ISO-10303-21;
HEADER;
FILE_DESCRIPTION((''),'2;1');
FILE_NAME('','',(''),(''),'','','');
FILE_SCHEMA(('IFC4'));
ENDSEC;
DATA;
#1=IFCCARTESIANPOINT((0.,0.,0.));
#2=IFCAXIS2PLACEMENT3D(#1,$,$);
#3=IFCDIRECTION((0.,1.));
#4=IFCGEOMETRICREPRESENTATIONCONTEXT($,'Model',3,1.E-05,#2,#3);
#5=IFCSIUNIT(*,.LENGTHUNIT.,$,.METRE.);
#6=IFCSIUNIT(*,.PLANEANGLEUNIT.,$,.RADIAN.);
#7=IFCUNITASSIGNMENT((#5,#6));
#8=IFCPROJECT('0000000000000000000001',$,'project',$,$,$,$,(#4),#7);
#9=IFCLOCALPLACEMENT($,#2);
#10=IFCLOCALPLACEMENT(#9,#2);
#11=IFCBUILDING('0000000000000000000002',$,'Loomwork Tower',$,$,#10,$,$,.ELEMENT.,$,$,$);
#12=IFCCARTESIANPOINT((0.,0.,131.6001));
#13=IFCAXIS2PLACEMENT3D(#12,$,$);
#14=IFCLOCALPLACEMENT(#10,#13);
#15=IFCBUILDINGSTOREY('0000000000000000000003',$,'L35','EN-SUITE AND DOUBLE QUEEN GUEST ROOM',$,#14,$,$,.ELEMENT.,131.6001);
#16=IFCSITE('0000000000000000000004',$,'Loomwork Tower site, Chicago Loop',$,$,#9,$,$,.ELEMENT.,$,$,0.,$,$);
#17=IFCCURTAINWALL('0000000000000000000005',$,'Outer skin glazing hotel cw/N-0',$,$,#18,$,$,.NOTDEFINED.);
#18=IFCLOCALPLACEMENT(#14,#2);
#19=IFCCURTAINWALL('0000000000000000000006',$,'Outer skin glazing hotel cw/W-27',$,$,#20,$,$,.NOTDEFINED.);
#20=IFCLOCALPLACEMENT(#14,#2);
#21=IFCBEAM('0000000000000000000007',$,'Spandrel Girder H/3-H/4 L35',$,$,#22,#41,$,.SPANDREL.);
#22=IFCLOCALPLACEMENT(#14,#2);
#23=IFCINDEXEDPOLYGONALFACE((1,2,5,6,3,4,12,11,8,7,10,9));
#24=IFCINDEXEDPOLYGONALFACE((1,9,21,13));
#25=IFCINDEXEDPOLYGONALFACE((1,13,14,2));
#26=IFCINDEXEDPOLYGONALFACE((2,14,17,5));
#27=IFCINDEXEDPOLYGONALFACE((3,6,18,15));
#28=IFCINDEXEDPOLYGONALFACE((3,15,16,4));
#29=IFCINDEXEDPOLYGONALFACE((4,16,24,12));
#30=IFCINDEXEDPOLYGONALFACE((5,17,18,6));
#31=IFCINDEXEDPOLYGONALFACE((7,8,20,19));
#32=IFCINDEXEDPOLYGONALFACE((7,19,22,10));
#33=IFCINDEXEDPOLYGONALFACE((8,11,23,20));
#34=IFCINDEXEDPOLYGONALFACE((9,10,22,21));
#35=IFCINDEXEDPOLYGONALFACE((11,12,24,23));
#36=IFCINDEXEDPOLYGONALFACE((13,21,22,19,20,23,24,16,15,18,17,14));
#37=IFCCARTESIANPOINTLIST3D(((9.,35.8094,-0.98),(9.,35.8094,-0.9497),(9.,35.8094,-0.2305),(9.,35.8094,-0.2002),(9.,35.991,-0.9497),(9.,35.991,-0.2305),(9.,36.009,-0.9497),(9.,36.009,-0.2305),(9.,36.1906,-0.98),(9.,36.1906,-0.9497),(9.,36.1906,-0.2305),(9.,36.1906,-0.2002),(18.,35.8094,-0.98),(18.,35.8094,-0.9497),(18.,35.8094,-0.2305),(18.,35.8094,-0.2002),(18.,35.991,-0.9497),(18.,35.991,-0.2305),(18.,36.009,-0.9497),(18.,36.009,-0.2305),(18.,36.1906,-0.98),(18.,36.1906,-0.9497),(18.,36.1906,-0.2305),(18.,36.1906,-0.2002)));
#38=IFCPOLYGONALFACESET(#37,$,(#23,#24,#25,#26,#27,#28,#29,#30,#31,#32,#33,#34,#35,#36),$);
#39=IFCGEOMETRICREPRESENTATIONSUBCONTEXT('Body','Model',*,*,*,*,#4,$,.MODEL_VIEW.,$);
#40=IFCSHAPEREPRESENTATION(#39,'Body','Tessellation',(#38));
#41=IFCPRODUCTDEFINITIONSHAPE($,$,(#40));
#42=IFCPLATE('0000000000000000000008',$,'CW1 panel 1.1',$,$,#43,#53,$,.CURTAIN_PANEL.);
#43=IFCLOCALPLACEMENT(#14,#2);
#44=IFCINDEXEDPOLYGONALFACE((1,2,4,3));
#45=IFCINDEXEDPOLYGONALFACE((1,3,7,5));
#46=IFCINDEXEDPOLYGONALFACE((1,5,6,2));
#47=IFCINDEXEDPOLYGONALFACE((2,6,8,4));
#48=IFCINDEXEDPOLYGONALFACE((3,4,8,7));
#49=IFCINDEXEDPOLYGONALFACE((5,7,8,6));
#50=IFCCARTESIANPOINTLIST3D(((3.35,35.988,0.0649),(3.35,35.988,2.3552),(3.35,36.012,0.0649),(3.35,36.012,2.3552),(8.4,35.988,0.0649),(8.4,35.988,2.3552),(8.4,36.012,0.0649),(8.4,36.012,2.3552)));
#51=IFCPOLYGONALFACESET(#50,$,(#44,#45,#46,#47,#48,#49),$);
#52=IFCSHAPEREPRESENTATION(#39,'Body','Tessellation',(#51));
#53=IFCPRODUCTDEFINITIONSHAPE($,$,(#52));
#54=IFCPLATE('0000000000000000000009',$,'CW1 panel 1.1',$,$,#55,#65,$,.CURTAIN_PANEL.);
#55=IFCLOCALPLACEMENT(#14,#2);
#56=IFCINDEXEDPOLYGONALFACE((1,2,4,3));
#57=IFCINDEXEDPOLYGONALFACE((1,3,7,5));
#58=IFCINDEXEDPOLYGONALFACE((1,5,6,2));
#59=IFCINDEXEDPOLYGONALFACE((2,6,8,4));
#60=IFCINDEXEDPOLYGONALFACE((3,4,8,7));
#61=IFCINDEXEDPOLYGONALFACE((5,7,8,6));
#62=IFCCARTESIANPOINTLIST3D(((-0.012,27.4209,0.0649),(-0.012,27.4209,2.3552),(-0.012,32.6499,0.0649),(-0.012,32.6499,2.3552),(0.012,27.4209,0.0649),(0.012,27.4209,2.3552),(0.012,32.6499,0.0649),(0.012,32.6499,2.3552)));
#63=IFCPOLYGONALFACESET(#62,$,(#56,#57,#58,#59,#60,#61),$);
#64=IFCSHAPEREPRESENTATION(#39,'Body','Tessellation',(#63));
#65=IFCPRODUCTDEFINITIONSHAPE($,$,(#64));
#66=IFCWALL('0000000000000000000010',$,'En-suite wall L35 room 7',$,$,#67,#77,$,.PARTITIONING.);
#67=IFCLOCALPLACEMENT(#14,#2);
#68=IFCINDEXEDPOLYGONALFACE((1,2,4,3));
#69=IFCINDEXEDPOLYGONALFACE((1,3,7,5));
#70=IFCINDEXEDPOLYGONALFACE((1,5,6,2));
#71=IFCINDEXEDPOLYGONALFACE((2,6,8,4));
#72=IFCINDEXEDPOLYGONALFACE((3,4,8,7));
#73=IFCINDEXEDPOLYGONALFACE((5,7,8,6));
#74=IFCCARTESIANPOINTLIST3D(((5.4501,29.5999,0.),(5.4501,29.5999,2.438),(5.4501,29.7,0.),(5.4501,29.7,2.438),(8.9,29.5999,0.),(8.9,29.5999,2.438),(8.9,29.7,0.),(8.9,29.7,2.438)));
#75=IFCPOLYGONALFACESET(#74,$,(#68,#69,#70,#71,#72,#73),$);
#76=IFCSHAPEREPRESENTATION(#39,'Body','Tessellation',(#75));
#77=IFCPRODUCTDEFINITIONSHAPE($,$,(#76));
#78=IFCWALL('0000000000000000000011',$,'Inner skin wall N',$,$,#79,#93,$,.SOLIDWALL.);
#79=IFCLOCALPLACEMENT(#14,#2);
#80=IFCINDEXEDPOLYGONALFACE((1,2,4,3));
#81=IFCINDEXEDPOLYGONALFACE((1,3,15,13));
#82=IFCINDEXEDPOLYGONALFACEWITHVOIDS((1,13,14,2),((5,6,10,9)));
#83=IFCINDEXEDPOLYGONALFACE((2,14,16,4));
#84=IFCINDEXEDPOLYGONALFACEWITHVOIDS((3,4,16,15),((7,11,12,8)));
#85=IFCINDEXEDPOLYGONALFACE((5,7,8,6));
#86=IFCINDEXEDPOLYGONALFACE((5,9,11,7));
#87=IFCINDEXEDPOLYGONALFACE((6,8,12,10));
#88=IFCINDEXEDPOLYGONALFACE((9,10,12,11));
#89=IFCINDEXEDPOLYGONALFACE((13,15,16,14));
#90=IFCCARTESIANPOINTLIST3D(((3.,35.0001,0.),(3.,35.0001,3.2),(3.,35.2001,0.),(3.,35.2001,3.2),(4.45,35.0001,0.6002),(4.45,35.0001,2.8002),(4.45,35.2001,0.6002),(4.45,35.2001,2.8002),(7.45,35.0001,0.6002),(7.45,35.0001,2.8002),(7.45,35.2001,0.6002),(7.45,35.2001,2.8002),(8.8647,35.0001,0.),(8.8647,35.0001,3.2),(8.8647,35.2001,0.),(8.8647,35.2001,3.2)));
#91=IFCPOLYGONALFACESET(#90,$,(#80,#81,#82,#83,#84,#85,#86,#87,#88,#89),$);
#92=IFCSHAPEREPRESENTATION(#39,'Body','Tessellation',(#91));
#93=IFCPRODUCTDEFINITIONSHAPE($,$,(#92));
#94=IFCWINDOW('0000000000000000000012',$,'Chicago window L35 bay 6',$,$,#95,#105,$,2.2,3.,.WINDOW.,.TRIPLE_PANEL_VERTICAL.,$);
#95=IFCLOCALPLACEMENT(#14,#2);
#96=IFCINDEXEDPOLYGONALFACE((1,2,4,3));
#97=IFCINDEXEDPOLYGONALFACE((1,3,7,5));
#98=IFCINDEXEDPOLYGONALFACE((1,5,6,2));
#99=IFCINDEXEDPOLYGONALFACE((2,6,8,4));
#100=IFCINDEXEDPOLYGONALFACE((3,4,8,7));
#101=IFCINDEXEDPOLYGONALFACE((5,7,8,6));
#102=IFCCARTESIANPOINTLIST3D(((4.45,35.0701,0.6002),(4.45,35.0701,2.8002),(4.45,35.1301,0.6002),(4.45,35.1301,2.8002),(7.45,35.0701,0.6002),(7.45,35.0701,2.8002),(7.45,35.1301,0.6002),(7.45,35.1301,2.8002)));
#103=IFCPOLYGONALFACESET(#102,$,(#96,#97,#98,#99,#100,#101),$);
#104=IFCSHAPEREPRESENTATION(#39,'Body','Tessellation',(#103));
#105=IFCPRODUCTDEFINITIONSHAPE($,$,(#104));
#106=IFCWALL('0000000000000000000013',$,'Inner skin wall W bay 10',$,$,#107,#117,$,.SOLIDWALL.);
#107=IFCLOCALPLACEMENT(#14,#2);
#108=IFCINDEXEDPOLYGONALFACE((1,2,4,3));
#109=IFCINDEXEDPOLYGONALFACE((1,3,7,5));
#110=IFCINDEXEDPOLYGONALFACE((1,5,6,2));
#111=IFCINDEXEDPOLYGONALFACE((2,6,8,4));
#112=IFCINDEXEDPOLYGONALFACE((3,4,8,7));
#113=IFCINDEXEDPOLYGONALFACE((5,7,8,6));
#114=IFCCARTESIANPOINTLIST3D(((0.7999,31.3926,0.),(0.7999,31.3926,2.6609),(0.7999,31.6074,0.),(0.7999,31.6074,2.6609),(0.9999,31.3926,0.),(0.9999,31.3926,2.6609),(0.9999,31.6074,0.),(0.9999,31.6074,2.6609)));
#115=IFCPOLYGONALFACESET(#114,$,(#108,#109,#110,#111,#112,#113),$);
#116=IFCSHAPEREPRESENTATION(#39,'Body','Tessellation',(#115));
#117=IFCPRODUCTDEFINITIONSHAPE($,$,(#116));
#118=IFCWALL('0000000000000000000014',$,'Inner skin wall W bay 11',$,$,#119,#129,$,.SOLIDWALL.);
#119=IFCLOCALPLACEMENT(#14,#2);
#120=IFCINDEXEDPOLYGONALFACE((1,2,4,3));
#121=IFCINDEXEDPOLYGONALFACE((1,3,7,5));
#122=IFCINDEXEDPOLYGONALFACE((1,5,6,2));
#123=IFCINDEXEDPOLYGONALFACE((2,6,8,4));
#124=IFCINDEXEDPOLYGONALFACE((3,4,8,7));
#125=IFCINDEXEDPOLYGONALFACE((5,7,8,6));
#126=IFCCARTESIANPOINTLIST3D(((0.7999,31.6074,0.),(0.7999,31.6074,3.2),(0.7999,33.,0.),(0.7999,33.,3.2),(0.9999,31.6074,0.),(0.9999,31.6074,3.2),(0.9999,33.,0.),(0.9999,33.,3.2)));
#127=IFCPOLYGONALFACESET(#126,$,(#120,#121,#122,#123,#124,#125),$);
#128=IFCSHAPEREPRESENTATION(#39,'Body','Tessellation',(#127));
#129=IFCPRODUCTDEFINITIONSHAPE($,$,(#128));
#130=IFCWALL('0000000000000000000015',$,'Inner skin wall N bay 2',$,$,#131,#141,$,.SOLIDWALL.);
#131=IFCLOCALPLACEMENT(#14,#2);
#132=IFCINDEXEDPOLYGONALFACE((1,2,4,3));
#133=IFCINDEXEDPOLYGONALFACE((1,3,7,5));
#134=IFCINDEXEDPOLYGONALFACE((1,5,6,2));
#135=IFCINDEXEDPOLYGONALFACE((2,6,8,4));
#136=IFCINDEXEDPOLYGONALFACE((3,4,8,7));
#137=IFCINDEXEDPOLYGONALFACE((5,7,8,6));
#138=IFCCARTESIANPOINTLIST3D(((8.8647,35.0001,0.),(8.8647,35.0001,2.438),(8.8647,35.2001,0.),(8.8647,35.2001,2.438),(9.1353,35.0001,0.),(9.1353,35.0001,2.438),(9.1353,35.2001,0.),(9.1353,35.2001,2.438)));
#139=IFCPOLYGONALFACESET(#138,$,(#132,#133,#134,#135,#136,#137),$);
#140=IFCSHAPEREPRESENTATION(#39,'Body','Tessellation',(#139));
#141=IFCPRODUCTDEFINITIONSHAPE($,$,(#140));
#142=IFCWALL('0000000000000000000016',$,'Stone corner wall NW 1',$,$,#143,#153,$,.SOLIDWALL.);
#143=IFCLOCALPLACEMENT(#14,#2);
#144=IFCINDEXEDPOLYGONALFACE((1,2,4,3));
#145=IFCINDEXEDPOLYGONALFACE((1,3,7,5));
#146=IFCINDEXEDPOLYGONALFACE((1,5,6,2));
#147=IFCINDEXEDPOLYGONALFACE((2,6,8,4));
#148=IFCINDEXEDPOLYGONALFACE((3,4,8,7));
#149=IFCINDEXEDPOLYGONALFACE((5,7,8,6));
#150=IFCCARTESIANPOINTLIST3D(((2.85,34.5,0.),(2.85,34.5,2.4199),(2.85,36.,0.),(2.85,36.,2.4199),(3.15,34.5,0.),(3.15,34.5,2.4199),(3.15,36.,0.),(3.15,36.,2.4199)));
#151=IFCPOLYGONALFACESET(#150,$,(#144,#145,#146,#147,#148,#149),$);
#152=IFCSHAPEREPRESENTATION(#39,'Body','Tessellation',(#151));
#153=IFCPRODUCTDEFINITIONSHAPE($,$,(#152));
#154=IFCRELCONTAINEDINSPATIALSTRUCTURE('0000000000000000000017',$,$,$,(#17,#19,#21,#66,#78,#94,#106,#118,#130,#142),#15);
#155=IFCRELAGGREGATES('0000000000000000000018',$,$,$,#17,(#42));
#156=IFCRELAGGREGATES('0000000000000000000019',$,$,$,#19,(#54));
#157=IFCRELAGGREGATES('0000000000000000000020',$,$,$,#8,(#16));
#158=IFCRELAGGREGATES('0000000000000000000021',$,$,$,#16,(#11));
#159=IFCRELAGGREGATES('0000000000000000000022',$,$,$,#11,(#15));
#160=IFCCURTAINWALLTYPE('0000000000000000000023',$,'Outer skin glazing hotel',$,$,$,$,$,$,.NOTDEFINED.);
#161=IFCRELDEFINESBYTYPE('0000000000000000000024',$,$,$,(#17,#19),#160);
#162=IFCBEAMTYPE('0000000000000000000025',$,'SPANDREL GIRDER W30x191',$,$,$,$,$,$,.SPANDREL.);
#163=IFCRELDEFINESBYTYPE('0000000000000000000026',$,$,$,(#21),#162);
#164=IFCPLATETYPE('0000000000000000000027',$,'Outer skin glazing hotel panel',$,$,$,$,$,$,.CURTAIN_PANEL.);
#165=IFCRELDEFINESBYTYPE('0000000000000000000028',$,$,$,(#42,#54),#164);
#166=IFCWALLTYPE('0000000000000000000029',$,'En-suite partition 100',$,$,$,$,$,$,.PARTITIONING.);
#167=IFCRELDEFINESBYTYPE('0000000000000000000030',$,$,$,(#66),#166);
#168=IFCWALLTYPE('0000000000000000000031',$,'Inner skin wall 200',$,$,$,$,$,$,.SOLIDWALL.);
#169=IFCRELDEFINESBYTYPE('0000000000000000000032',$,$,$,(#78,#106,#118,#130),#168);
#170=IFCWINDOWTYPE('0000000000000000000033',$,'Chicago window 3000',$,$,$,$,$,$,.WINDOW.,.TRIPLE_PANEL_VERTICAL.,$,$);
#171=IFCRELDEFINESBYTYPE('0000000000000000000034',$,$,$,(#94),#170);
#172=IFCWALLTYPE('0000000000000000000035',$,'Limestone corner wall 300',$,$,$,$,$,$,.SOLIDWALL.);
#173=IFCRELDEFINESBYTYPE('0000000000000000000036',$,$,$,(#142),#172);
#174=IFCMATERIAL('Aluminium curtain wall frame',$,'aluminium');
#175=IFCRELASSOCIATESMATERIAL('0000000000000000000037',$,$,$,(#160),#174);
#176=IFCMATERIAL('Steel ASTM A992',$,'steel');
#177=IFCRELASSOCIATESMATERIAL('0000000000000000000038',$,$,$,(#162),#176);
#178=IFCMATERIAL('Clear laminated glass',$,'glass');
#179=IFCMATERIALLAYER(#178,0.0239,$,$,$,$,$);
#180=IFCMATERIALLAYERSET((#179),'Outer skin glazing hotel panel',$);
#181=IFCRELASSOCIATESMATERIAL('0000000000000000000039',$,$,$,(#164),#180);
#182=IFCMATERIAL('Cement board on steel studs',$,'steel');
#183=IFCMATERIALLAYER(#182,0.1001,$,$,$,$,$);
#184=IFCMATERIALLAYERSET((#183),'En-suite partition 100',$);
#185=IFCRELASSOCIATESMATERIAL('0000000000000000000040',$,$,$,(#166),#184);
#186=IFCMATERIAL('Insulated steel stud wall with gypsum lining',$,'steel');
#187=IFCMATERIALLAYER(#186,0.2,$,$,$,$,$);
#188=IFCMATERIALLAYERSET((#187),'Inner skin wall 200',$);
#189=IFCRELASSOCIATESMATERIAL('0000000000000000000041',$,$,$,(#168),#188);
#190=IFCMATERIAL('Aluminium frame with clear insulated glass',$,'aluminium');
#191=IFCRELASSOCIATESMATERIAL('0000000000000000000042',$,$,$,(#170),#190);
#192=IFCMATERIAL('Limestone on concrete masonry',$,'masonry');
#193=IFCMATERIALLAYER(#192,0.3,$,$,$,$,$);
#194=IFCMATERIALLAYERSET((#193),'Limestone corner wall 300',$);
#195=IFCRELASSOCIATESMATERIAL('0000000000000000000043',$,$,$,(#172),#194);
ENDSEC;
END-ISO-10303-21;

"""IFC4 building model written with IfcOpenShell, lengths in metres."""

from ifc_helpers import new_model, si_unit, direction, frame, frame_2d, origin, origin_2d, place, context, subcontext, project, spatial, rectangle, i_section, extrude, material, layer, layer_set, material_profile, profile_set, type_object, element, fill, aggregate, save


model = new_model("IFC4")

# Units and contexts
model_context = context("Model", 3, precision=1e-05, world=origin(), true_north=direction((0.0, 1.0)))
body_context = subcontext(model_context, "Body", "Model", "MODEL_VIEW")
ifc_project = project(units=[si_unit("LENGTHUNIT", "METRE"), si_unit("PLANEANGLEUNIT", "RADIAN")], contexts=[model_context])

# Site, building, storey
site_placement = place(None, origin())
site = spatial("IfcSite", under=ifc_project, at=site_placement, Name="Loomwork Tower site, Chicago Loop", CompositionType="ELEMENT", RefElevation=0.0)
building_placement = place(site_placement, origin())
building = spatial("IfcBuilding", under=site, at=building_placement, Name="Loomwork Tower", CompositionType="ELEMENT")
storey_placement = place(building_placement, frame((0.0, 0.0, 131.6001)))
storey = spatial("IfcBuildingStorey", under=building, at=storey_placement, Name="L35", Description="EN-SUITE AND DOUBLE QUEEN GUEST ROOM", CompositionType="ELEMENT", Elevation=131.6001)

# Curtain wall
ifc_material_1 = material(Name="Aluminium curtain wall frame", Category="aluminium")
curtain_wall_type = type_object("IfcCurtainWallType", Name="Outer skin glazing hotel", PredefinedType="NOTDEFINED", material=ifc_material_1)
curtain_wall_1_placement = place(storey_placement, origin())
curtain_wall_1 = element("IfcCurtainWall", 1, at=curtain_wall_1_placement, inside=storey, type_object=curtain_wall_type, Name="Outer skin glazing hotel cw/N-0", PredefinedType="NOTDEFINED")

# Curtain wall
curtain_wall_2_placement = place(storey_placement, origin())
curtain_wall_2 = element("IfcCurtainWall", 2, at=curtain_wall_2_placement, inside=storey, type_object=curtain_wall_type, Name="Outer skin glazing hotel cw/W-27", PredefinedType="NOTDEFINED")

# Beam
ifc_material_2 = material(Name="Steel ASTM A992", Category="steel")
ifc_material_profile_1 = material_profile(ifc_material_2, i_section(OverallWidth=0.3811, OverallDepth=0.7798, WebThickness=0.0181, FlangeThickness=0.0303, at=origin_2d()), Name="W30x191")
ifc_profile_set_1 = profile_set([ifc_material_profile_1], Name="Steel ASTM A992")
beam_type_1 = type_object("IfcBeamType", Name="SPANDREL GIRDER W30x191", PredefinedType="SPANDREL", material=ifc_profile_set_1)
for number, where, z_axis, x_axis, name in (
    (3, (9.0, 36.0, -0.5901), (1.0, 0.0, 0.0), (0.0, 1.0, 0.0), "Spandrel Girder H/3-H/4 L35"),
):
    element("IfcBeam", number, at=place(storey_placement, frame(where, z_axis=z_axis, x_axis=x_axis)), inside=storey, type_object=beam_type_1, Name=name, PredefinedType="SPANDREL", context=body_context, shape_type="SweptSolid", body=[
        extrude(i_section(OverallWidth=0.3811, OverallDepth=0.7798, WebThickness=0.0181, FlangeThickness=0.0303, at=origin_2d()), origin(), (0.0, 0.0, 1.0), 9.0),
    ])

# Plates
ifc_material_3 = material(Name="Clear laminated glass", Category="glass")
ifc_layer_1 = layer(ifc_material_3, 0.0239)
ifc_layer_set_1 = layer_set([ifc_layer_1], Name="Outer skin glazing hotel panel")
plate_type = type_object("IfcPlateType", Name="Outer skin glazing hotel panel", PredefinedType="CURTAIN_PANEL", material=ifc_layer_set_1)
plate_1_placement = place(storey_placement, frame((5.875, 36.0, 0.0649), z_axis=(0.0, 0.0, 1.0), x_axis=(-1.0, 0.0, 0.0)))
plate_1 = element("IfcPlate", 4, at=plate_1_placement, type_object=plate_type, Name="CW1 panel 1.1", PredefinedType="CURTAIN_PANEL", context=body_context, shape_type="SweptSolid", body=[
    extrude(rectangle(XDim=5.05, YDim=0.0239, at=origin_2d()), origin(), (0.0, 0.0, 1.0), 2.2903),
])
aggregate(curtain_wall_1, [plate_1])
plate_2_placement = place(storey_placement, frame((0.0, 30.0354, 0.0649), z_axis=(0.0, 0.0, 1.0), x_axis=(0.0, -1.0, 0.0)))
plate_2 = element("IfcPlate", 5, at=plate_2_placement, type_object=plate_type, Name="CW1 panel 1.1", PredefinedType="CURTAIN_PANEL", context=body_context, shape_type="SweptSolid", body=[
    extrude(rectangle(XDim=5.229, YDim=0.0239, at=origin_2d()), origin(), (0.0, 0.0, 1.0), 2.2903),
])
aggregate(curtain_wall_2, [plate_2])

# Wall
ifc_material_4 = material(Name="Cement board on steel studs", Category="steel")
ifc_layer_2 = layer(ifc_material_4, 0.1001)
ifc_layer_set_2 = layer_set([ifc_layer_2], Name="En-suite partition 100")
wall_type_1 = type_object("IfcWallType", Name="En-suite partition 100", PredefinedType="PARTITIONING", material=ifc_layer_set_2)
wall_1_placement = place(storey_placement, frame((5.45, 29.6499, 0.0), z_axis=(0.0, 0.0, 1.0), x_axis=(1.0, 0.0, 0.0)))
element("IfcWall", 6, at=wall_1_placement, inside=storey, type_object=wall_type_1, Name="En-suite wall L35 room 7", PredefinedType="PARTITIONING", context=body_context, shape_type="SweptSolid", body=[
    extrude(rectangle(XDim=3.45, YDim=0.1001, at=frame_2d((1.7251, 0.0))), origin(), (0.0, 0.0, 1.0), 2.438),
])

# Wall, opening, window
ifc_material_5 = material(Name="Insulated steel stud wall with gypsum lining", Category="steel")
ifc_layer_3 = layer(ifc_material_5, 0.2)
ifc_layer_set_3 = layer_set([ifc_layer_3], Name="Inner skin wall 200")
wall_type_2 = type_object("IfcWallType", Name="Inner skin wall 200", PredefinedType="SOLIDWALL", material=ifc_layer_set_3)
wall_2_placement = place(storey_placement, frame((3.0, 35.1001, 0.0), z_axis=(0.0, 0.0, 1.0), x_axis=(1.0, 0.0, 0.0)))
wall_2 = element("IfcWall", 7, at=wall_2_placement, inside=storey, type_object=wall_type_2, Name="Inner skin wall N", PredefinedType="SOLIDWALL", context=body_context, shape_type="SweptSolid", body=[
    extrude(rectangle(XDim=5.8647, YDim=0.2, at=frame_2d((2.9324, 0.0))), origin(), (0.0, 0.0, 1.0), 3.2),
])
opening_1_placement = place(wall_2_placement, frame((1.45, 0.0, 0.6001)))
opening_1 = element("IfcOpeningElement", 8, at=opening_1_placement, cuts=wall_2, PredefinedType="OPENING", context=body_context, shape_type="SweptSolid", body=[
    extrude(rectangle(XDim=3.0, YDim=2.2, at=frame_2d((1.5, 1.1001))), frame((0.0, 0.1099, 0.0), z_axis=(0.0, -1.0, 0.0), x_axis=(1.0, 0.0, 0.0)), (0.0, 0.0, 1.0), 0.22),
])
ifc_material_6 = material(Name="Aluminium frame with clear insulated glass", Category="aluminium")
window_type_1 = type_object("IfcWindowType", Name="Chicago window 3000", PartitioningType="TRIPLE_PANEL_VERTICAL", PredefinedType="WINDOW", material=ifc_material_6)
window_1_placement = place(opening_1_placement, origin())
window_1 = element("IfcWindow", 9, at=window_1_placement, inside=storey, type_object=window_type_1, Name="Chicago window L35 bay 6", OverallHeight=2.2, OverallWidth=3.0, PartitioningType="TRIPLE_PANEL_VERTICAL", PredefinedType="WINDOW", context=body_context, shape_type="SweptSolid", body=[
    extrude(rectangle(XDim=3.0, YDim=2.2, at=frame_2d((1.5, 1.1001))), frame((0.0, 0.03, 0.0), z_axis=(0.0, -1.0, 0.0), x_axis=(1.0, 0.0, 0.0)), (0.0, 0.0, 1.0), 0.0601),
])
fill(opening_1, window_1)

# Walls
wall_3_placement = place(storey_placement, frame((0.8999, 31.3926, 0.0), z_axis=(0.0, 0.0, 1.0), x_axis=(0.0, 1.0, 0.0)))
element("IfcWall", 10, at=wall_3_placement, inside=storey, type_object=wall_type_2, Name="Inner skin wall W bay 10", PredefinedType="SOLIDWALL", context=body_context, shape_type="SweptSolid", body=[
    extrude(rectangle(XDim=0.2148, YDim=0.2, at=frame_2d((0.1074, 0.0))), origin(), (0.0, 0.0, 1.0), 2.6609),
])
wall_4_placement = place(storey_placement, frame((0.8999, 31.6074, 0.0), z_axis=(0.0, 0.0, 1.0), x_axis=(0.0, 1.0, 0.0)))
element("IfcWall", 11, at=wall_4_placement, inside=storey, type_object=wall_type_2, Name="Inner skin wall W bay 11", PredefinedType="SOLIDWALL", context=body_context, shape_type="SweptSolid", body=[
    extrude(rectangle(XDim=1.3926, YDim=0.2, at=frame_2d((0.6963, 0.0))), origin(), (0.0, 0.0, 1.0), 3.2),
])
wall_5_placement = place(storey_placement, frame((8.8647, 35.1001, 0.0), z_axis=(0.0, 0.0, 1.0), x_axis=(1.0, 0.0, 0.0)))
element("IfcWall", 12, at=wall_5_placement, inside=storey, type_object=wall_type_2, Name="Inner skin wall N bay 2", PredefinedType="SOLIDWALL", context=body_context, shape_type="SweptSolid", body=[
    extrude(rectangle(XDim=0.2705, YDim=0.2, at=frame_2d((0.1353, 0.0))), origin(), (0.0, 0.0, 1.0), 2.438),
])
ifc_material_7 = material(Name="Limestone on concrete masonry", Category="masonry")
ifc_layer_4 = layer(ifc_material_7, 0.3)
ifc_layer_set_4 = layer_set([ifc_layer_4], Name="Limestone corner wall 300")
wall_type_3 = type_object("IfcWallType", Name="Limestone corner wall 300", PredefinedType="SOLIDWALL", material=ifc_layer_set_4)
wall_6_placement = place(storey_placement, frame((3.0, 36.0, 0.0), z_axis=(0.0, 0.0, 1.0), x_axis=(0.0, -1.0, 0.0)))
element("IfcWall", 13, at=wall_6_placement, inside=storey, type_object=wall_type_3, Name="Stone corner wall NW 1", PredefinedType="SOLIDWALL", context=body_context, shape_type="SweptSolid", body=[
    extrude(rectangle(XDim=1.5, YDim=0.3, at=frame_2d((0.75, 0.0))), origin(), (0.0, 0.0, 1.0), 2.4199),
])

save(model, "model.ifc")
